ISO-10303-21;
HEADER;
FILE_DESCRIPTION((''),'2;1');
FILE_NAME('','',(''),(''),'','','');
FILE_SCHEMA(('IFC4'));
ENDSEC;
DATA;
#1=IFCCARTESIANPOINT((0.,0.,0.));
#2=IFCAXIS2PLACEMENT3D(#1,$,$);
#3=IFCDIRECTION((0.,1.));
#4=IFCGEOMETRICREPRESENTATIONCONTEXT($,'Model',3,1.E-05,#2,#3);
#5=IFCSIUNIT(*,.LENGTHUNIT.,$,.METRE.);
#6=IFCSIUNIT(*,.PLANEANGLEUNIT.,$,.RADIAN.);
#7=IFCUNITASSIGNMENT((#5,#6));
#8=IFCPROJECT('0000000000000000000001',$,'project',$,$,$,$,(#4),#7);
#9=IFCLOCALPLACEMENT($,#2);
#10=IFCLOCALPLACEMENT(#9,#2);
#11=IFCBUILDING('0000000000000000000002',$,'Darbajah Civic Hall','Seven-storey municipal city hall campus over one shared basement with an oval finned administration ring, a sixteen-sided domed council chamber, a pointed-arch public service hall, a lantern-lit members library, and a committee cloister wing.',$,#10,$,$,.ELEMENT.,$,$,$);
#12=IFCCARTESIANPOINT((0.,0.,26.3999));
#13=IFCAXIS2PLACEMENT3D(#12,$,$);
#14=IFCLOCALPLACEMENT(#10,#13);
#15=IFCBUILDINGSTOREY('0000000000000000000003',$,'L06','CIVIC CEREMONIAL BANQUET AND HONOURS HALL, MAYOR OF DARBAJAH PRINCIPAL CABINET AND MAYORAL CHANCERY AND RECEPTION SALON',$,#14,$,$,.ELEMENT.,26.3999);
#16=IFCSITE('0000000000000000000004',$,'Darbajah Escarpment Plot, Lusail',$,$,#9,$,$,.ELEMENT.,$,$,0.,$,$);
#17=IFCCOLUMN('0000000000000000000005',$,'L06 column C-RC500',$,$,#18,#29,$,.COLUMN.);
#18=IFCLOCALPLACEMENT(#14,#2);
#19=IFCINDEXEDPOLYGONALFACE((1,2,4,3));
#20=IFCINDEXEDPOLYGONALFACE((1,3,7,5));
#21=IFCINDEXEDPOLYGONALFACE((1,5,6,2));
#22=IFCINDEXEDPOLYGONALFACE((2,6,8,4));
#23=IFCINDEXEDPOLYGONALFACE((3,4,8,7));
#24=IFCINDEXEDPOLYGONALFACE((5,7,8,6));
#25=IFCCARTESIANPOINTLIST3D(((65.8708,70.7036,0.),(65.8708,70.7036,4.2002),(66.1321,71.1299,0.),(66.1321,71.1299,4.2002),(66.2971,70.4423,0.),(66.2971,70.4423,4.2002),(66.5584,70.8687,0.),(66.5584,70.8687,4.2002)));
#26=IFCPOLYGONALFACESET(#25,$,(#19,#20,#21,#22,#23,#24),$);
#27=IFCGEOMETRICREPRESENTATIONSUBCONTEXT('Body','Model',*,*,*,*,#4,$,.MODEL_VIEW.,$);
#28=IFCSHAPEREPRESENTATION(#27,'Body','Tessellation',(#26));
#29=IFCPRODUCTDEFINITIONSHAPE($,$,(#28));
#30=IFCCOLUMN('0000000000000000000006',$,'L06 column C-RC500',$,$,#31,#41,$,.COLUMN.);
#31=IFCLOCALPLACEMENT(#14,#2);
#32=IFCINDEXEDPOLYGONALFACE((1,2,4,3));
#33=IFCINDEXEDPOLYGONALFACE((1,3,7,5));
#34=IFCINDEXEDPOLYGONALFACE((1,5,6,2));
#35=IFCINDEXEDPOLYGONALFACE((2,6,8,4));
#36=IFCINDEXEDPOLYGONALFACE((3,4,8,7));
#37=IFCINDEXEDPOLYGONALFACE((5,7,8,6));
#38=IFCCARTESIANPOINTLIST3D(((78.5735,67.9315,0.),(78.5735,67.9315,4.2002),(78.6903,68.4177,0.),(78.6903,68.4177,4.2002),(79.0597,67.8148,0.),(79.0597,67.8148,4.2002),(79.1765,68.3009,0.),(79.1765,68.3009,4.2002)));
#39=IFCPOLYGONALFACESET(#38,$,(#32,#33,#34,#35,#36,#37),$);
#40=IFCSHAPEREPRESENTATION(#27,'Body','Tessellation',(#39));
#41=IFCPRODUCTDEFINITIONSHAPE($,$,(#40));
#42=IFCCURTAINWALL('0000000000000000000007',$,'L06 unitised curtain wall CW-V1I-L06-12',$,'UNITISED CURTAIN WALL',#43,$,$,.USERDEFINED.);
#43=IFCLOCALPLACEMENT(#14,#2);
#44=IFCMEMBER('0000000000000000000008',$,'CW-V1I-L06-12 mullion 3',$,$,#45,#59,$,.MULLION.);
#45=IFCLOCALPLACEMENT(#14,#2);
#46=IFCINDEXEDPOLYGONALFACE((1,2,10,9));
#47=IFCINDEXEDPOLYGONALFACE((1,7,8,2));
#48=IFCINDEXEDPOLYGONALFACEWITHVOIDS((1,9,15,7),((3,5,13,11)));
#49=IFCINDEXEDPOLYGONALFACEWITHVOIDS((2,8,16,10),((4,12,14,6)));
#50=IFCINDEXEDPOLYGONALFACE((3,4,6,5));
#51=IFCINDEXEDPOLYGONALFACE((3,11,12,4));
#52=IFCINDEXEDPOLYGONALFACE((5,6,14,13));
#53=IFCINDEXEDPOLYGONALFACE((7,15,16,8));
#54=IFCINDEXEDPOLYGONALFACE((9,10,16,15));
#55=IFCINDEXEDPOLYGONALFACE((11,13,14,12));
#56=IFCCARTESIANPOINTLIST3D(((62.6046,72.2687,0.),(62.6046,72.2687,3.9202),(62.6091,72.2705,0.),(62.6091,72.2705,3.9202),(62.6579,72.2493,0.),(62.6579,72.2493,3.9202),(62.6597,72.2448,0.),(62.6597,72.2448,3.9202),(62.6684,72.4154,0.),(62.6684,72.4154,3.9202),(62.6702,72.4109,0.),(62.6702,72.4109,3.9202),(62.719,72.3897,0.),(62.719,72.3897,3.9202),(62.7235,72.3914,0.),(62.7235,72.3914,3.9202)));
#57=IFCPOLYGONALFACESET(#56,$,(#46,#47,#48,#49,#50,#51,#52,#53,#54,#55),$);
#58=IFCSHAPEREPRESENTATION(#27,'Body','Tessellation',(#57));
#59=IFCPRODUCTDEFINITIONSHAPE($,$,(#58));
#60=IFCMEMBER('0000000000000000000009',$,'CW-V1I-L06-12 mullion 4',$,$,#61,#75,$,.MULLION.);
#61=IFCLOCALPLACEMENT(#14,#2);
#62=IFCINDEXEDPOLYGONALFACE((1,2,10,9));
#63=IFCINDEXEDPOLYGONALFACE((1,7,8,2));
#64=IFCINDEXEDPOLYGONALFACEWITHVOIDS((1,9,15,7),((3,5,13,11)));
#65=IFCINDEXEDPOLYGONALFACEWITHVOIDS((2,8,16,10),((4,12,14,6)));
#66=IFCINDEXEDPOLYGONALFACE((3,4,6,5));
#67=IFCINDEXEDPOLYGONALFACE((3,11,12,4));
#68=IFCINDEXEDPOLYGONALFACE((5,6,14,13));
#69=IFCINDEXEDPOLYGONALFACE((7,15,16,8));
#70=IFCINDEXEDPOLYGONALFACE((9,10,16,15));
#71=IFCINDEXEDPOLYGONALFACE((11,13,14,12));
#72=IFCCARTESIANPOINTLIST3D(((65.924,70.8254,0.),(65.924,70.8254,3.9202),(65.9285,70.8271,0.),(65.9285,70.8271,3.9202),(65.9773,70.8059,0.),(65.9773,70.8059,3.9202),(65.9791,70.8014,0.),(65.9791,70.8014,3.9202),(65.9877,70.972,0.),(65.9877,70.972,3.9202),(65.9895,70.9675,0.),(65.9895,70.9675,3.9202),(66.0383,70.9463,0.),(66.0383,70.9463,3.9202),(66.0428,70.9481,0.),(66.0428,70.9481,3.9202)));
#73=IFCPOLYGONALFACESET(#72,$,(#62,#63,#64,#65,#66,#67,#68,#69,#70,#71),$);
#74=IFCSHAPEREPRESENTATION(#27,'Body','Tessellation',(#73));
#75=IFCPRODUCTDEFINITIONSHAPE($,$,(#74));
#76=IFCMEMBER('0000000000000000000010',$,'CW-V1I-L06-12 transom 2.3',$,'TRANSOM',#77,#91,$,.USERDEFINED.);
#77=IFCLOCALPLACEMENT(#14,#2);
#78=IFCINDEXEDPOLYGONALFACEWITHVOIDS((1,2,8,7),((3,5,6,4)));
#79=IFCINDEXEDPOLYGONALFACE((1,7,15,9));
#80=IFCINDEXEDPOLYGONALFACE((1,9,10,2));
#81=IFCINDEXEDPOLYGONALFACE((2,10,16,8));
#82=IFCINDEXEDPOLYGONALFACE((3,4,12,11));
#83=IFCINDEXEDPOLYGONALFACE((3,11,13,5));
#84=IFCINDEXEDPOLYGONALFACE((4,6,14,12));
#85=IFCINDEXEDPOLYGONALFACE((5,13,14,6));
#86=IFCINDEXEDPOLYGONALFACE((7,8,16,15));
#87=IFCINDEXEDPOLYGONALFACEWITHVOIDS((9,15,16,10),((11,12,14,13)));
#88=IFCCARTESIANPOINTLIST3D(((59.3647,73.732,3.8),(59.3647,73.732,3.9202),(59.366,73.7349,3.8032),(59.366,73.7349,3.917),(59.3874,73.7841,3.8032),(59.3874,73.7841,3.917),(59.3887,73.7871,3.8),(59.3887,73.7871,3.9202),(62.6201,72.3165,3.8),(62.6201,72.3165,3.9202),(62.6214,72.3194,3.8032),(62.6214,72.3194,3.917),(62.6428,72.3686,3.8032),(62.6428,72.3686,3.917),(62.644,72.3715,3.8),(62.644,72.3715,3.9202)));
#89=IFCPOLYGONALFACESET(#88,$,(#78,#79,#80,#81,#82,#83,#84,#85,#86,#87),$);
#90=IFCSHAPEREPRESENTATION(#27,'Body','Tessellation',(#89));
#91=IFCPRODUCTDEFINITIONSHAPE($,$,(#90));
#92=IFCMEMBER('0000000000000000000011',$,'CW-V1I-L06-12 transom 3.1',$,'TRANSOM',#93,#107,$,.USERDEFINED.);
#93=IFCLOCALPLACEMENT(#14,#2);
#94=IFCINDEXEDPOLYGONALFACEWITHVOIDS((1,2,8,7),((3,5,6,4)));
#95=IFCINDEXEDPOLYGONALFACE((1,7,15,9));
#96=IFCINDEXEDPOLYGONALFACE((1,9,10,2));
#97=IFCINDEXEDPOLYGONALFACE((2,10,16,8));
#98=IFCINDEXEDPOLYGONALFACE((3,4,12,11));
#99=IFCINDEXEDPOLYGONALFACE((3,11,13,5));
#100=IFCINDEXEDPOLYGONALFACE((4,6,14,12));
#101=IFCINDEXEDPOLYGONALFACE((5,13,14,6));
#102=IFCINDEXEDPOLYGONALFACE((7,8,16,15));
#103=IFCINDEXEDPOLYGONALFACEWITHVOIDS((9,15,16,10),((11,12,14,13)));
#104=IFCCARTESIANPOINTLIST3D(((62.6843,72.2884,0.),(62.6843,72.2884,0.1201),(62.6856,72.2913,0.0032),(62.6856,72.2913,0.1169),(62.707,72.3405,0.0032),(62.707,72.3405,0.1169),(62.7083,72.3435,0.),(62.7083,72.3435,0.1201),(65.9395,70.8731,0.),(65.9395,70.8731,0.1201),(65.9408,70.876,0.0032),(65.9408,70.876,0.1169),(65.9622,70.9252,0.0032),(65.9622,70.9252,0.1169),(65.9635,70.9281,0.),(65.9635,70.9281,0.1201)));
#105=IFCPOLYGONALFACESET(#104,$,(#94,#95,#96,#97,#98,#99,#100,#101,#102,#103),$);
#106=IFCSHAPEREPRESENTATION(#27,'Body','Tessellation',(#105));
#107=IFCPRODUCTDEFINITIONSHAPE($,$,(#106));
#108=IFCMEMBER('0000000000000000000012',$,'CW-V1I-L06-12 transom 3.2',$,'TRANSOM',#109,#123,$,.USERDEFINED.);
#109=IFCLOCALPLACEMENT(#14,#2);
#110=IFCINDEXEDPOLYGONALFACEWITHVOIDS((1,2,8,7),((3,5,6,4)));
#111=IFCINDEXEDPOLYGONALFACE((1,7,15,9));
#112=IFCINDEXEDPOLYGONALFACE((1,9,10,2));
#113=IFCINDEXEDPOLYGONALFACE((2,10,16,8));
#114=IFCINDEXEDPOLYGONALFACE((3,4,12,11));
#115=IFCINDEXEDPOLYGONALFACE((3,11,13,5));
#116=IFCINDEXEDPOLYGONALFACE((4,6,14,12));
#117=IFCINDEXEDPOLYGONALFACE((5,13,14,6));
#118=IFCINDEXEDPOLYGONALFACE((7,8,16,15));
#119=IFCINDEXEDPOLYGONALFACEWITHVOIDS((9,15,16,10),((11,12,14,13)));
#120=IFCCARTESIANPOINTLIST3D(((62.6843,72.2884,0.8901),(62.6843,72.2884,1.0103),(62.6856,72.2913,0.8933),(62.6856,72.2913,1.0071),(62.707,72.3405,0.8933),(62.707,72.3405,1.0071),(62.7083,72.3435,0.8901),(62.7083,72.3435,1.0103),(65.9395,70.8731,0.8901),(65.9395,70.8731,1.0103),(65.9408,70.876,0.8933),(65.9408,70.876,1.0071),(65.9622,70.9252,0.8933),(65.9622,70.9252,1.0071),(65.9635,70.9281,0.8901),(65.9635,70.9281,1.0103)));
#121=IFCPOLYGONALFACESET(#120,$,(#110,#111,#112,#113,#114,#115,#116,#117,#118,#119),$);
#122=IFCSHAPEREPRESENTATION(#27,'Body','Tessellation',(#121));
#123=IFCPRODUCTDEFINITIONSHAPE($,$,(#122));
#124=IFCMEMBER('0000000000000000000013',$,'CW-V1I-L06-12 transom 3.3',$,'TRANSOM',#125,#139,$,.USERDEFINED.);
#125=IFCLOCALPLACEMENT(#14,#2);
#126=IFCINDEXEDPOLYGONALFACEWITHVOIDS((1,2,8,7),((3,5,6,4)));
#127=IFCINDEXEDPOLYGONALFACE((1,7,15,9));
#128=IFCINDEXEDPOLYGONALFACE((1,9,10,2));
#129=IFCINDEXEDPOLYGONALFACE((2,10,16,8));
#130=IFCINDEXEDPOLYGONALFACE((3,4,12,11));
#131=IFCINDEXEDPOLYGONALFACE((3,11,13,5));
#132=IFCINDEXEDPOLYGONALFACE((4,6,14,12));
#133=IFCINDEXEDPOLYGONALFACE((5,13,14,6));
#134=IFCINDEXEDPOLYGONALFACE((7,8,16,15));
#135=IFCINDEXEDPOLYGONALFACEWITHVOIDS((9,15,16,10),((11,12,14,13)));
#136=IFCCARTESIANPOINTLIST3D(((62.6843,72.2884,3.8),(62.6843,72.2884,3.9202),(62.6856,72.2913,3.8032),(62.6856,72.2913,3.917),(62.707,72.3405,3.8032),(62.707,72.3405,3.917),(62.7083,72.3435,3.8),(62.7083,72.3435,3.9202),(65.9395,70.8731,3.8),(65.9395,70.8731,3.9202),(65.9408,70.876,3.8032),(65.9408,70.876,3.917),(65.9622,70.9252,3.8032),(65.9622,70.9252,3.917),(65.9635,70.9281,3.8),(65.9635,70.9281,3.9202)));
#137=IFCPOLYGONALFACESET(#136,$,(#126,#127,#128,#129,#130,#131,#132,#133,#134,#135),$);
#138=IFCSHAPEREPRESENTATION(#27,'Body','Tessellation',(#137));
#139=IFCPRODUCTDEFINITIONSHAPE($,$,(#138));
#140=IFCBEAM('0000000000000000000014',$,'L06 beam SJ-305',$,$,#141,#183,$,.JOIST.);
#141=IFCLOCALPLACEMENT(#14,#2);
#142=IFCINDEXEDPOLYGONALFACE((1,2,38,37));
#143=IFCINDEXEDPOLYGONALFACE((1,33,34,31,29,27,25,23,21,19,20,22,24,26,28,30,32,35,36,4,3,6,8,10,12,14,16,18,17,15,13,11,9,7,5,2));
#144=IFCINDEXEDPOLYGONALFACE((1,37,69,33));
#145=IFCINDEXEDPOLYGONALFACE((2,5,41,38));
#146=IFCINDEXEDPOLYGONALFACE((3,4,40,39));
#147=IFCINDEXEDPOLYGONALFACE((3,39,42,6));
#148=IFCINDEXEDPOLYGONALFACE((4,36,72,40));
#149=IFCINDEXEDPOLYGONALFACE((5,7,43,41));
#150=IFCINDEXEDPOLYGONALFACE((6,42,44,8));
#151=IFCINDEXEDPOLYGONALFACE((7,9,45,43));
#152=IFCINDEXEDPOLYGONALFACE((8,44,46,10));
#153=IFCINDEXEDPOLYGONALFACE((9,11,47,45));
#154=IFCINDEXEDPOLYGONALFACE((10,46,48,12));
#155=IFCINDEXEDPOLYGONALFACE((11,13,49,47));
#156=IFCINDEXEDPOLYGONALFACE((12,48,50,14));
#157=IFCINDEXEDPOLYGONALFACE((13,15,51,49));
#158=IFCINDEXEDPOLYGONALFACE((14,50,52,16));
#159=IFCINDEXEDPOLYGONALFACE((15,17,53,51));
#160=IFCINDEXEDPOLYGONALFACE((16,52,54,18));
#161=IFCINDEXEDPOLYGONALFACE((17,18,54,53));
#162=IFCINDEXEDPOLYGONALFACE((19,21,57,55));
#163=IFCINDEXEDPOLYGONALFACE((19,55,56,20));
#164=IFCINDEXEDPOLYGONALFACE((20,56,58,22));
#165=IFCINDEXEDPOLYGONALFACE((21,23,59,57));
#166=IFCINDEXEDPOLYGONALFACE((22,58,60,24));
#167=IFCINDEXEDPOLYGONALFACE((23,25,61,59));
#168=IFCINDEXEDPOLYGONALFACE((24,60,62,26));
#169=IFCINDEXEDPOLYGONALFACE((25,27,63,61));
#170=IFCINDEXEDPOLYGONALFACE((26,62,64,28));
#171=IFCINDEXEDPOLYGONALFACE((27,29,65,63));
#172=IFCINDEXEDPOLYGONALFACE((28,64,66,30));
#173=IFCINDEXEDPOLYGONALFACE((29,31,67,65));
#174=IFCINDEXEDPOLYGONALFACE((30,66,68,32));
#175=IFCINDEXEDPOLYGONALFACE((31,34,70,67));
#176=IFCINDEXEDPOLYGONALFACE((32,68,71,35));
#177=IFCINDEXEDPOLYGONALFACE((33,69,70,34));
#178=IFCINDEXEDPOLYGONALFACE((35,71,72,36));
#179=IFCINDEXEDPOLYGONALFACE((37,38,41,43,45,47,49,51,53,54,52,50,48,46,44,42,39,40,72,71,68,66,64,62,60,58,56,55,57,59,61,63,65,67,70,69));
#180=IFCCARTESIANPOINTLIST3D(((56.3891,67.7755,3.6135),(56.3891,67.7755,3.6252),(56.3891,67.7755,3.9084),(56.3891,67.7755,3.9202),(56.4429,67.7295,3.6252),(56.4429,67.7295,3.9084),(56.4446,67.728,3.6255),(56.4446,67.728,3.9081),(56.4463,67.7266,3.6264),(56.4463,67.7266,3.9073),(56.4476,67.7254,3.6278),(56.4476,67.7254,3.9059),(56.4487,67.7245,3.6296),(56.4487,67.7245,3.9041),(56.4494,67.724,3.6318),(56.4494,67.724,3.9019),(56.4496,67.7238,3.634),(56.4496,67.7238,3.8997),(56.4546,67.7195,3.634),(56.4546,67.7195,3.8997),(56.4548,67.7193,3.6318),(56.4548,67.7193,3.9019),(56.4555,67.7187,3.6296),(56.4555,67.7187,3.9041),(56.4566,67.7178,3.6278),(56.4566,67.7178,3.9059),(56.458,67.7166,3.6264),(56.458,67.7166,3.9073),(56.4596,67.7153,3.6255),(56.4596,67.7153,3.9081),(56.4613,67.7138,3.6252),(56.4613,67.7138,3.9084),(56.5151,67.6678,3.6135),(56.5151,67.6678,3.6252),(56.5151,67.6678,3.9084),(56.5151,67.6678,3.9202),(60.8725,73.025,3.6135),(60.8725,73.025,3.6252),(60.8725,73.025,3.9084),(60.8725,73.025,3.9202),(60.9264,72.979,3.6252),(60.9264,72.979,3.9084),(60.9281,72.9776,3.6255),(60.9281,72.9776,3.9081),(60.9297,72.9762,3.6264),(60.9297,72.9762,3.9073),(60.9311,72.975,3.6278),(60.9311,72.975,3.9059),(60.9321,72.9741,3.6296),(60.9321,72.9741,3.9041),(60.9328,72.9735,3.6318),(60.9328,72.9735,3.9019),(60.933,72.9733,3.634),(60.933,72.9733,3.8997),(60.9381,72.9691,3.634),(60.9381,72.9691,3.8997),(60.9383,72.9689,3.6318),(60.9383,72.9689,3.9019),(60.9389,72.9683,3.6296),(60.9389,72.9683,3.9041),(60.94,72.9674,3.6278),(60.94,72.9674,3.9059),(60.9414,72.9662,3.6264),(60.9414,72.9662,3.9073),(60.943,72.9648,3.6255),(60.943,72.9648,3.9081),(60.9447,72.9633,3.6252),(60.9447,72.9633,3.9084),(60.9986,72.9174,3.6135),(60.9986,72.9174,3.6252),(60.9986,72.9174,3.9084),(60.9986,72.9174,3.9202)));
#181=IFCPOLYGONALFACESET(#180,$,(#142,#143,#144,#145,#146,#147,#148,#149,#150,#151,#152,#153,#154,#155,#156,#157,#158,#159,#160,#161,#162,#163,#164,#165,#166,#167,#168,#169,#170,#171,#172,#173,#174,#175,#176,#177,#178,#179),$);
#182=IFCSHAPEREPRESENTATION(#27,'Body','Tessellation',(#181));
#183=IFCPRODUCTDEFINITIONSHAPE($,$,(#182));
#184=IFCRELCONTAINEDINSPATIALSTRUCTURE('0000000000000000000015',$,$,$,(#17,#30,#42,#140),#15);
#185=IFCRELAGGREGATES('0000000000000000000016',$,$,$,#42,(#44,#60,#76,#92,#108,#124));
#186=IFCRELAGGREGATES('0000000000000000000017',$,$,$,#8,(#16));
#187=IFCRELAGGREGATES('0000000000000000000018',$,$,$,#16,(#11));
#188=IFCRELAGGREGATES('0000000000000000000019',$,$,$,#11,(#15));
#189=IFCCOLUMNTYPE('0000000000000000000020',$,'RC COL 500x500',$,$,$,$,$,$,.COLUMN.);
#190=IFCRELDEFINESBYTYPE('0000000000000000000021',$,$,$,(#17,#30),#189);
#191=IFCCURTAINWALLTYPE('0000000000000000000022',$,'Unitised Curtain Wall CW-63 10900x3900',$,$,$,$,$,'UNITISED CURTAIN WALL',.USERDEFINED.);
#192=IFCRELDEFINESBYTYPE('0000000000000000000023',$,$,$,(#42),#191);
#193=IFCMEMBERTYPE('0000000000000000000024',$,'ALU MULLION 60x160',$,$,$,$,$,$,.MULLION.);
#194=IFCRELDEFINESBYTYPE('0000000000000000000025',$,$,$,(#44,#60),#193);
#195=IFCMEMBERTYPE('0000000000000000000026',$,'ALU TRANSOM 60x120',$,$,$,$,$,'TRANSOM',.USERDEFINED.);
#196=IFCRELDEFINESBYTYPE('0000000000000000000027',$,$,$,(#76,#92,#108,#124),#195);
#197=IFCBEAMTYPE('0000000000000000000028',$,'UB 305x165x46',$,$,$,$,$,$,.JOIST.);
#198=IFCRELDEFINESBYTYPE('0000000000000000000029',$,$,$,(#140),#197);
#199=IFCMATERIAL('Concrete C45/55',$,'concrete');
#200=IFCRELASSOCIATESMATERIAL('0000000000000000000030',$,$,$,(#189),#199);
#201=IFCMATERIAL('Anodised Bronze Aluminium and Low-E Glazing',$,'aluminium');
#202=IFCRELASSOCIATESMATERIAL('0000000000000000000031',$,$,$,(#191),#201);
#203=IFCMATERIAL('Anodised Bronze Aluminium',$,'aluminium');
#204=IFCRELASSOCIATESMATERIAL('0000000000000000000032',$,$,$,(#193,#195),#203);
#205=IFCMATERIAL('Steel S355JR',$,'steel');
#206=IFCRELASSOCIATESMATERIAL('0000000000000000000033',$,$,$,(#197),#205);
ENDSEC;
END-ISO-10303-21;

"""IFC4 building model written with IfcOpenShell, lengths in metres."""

from ifc_helpers import new_model, si_unit, direction, frame, origin, origin_2d, place, context, subcontext, project, spatial, rectangle, hollow_rectangle, i_section, extrude, material, material_profile, profile_set, type_object, element, aggregate, save


model = new_model("IFC4")

# Units and contexts
model_context = context("Model", 3, precision=1e-05, world=origin(), true_north=direction((0.0, 1.0)))
body_context = subcontext(model_context, "Body", "Model", "MODEL_VIEW")
ifc_project = project(units=[si_unit("LENGTHUNIT", "METRE"), si_unit("PLANEANGLEUNIT", "RADIAN")], contexts=[model_context])

# Site, building, storey
site_placement = place(None, origin())
site = spatial("IfcSite", under=ifc_project, at=site_placement, Name="Darbajah Escarpment Plot, Lusail", CompositionType="ELEMENT", RefElevation=0.0)
building_placement = place(site_placement, origin())
building = spatial("IfcBuilding", under=site, at=building_placement, Name="Darbajah Civic Hall", Description="Seven-storey municipal city hall campus over one shared basement with an oval finned administration ring, a sixteen-sided domed council chamber, a pointed-arch public service hall, a lantern-lit members library, and a committee cloister wing.", CompositionType="ELEMENT")
storey_placement = place(building_placement, frame((0.0, 0.0, 26.3999)))
storey = spatial("IfcBuildingStorey", under=building, at=storey_placement, Name="L06", Description="CIVIC CEREMONIAL BANQUET AND HONOURS HALL, MAYOR OF DARBAJAH PRINCIPAL CABINET AND MAYORAL CHANCERY AND RECEPTION SALON", CompositionType="ELEMENT", Elevation=26.3999)

# Columns
ifc_material_1 = material(Name="Concrete C45/55", Category="concrete")
ifc_material_profile_1 = material_profile(ifc_material_1, rectangle(XDim=0.5, YDim=0.5, at=origin_2d()), Name="RC COL 500x500")
ifc_profile_set_1 = profile_set([ifc_material_profile_1], Name="Concrete C45/55")
column_type = type_object("IfcColumnType", Name="RC COL 500x500", PredefinedType="COLUMN", material=ifc_profile_set_1)
for number, where, z_axis, x_axis, name in (
    (1, (66.2146, 70.7861, 0.0), (0.0, 0.0, 1.0), (-0.522499, -0.85264, 0.0), "L06 column C-RC500"),
    (2, (78.875, 68.1162, 0.0), (0.0, 0.0, 1.0), (-0.233445, -0.97237, 0.0), "L06 column C-RC500"),
):
    element("IfcColumn", number, at=place(storey_placement, frame(where, z_axis=z_axis, x_axis=x_axis)), inside=storey, type_object=column_type, Name=name, PredefinedType="COLUMN", context=body_context, shape_type="SweptSolid", body=[
        extrude(rectangle(XDim=0.5, YDim=0.5, at=origin_2d()), origin(), (0.0, 0.0, 1.0), 4.2002),
    ])

# Curtain wall, members
ifc_material_2 = material(Name="Anodised Bronze Aluminium and Low-E Glazing", Category="aluminium")
curtain_wall_type = type_object("IfcCurtainWallType", Name="Unitised Curtain Wall CW-63 10900x3900", ElementType="UNITISED CURTAIN WALL", PredefinedType="USERDEFINED", material=ifc_material_2)
curtain_wall_placement = place(storey_placement, origin())
curtain_wall = element("IfcCurtainWall", 3, at=curtain_wall_placement, inside=storey, type_object=curtain_wall_type, Name="L06 unitised curtain wall CW-V1I-L06-12", ObjectType="UNITISED CURTAIN WALL", PredefinedType="USERDEFINED")
ifc_material_3 = material(Name="Anodised Bronze Aluminium", Category="aluminium")
ifc_material_profile_2 = material_profile(ifc_material_3, hollow_rectangle(XDim=0.0601, YDim=0.1599, WallThickness=0.0034, at=origin_2d()), Name="ALU MULLION 60x160")
ifc_profile_set_2 = profile_set([ifc_material_profile_2], Name="Anodised Bronze Aluminium")
member_type_1 = type_object("IfcMemberType", Name="ALU MULLION 60x160", PredefinedType="MULLION", material=ifc_profile_set_2)
member_1_placement = place(storey_placement, frame((62.6641, 72.3301, 0.0), z_axis=(0.0, 0.0, 1.0), x_axis=(0.91706, -0.398749, 0.0)))
member_1 = element("IfcMember", 4, at=member_1_placement, type_object=member_type_1, Name="CW-V1I-L06-12 mullion 3", PredefinedType="MULLION", context=body_context, shape_type="SweptSolid", body=[
    extrude(hollow_rectangle(XDim=0.0601, YDim=0.1599, WallThickness=0.0034, at=origin_2d()), origin(), (0.0, 0.0, 1.0), 3.9202),
])
member_2_placement = place(storey_placement, frame((65.9834, 70.8867, 0.0), z_axis=(0.0, 0.0, 1.0), x_axis=(0.91706, -0.398749, 0.0)))
member_2 = element("IfcMember", 5, at=member_2_placement, type_object=member_type_1, Name="CW-V1I-L06-12 mullion 4", PredefinedType="MULLION", context=body_context, shape_type="SweptSolid", body=[
    extrude(hollow_rectangle(XDim=0.0601, YDim=0.1599, WallThickness=0.0034, at=origin_2d()), origin(), (0.0, 0.0, 1.0), 3.9202),
])
ifc_material_profile_3 = material_profile(ifc_material_3, hollow_rectangle(XDim=0.0601, YDim=0.1201, WallThickness=0.0032, at=origin_2d()), Name="ALU TRANSOM 60x120")
ifc_profile_set_3 = profile_set([ifc_material_profile_3], Name="Anodised Bronze Aluminium")
member_type_2 = type_object("IfcMemberType", Name="ALU TRANSOM 60x120", ElementType="TRANSOM", PredefinedType="USERDEFINED", material=ifc_profile_set_3)
member_3_placement = place(storey_placement, frame((59.3767, 73.7595, 3.8601), z_axis=(0.917055, -0.398761, 0.0), x_axis=(0.398761, 0.917055, 0.0)))
member_3 = element("IfcMember", 6, at=member_3_placement, type_object=member_type_2, Name="CW-V1I-L06-12 transom 2.3", ObjectType="TRANSOM", PredefinedType="USERDEFINED", context=body_context, shape_type="SweptSolid", body=[
    extrude(hollow_rectangle(XDim=0.0601, YDim=0.1201, WallThickness=0.0032, at=origin_2d()), origin(), (0.0, 0.0, 1.0), 3.5498),
])
member_4_placement = place(storey_placement, frame((62.6963, 72.3159, 0.0601), z_axis=(0.917069, -0.398729, 0.0), x_axis=(0.398729, 0.917069, 0.0)))
member_4 = element("IfcMember", 7, at=member_4_placement, type_object=member_type_2, Name="CW-V1I-L06-12 transom 3.1", ObjectType="TRANSOM", PredefinedType="USERDEFINED", context=body_context, shape_type="SweptSolid", body=[
    extrude(hollow_rectangle(XDim=0.0601, YDim=0.1201, WallThickness=0.0032, at=origin_2d()), origin(), (0.0, 0.0, 1.0), 3.5496),
])
member_5_placement = place(storey_placement, frame((62.6963, 72.3159, 0.9502), z_axis=(0.917069, -0.398729, 0.0), x_axis=(0.398729, 0.917069, 0.0)))
member_5 = element("IfcMember", 8, at=member_5_placement, type_object=member_type_2, Name="CW-V1I-L06-12 transom 3.2", ObjectType="TRANSOM", PredefinedType="USERDEFINED", context=body_context, shape_type="SweptSolid", body=[
    extrude(hollow_rectangle(XDim=0.0601, YDim=0.1201, WallThickness=0.0032, at=origin_2d()), origin(), (0.0, 0.0, 1.0), 3.5496),
])
member_6_placement = place(storey_placement, frame((62.6963, 72.3159, 3.8601), z_axis=(0.917069, -0.398729, 0.0), x_axis=(0.398729, 0.917069, 0.0)))
member_6 = element("IfcMember", 9, at=member_6_placement, type_object=member_type_2, Name="CW-V1I-L06-12 transom 3.3", ObjectType="TRANSOM", PredefinedType="USERDEFINED", context=body_context, shape_type="SweptSolid", body=[
    extrude(hollow_rectangle(XDim=0.0601, YDim=0.1201, WallThickness=0.0032, at=origin_2d()), origin(), (0.0, 0.0, 1.0), 3.5496),
])

# Beam
ifc_material_4 = material(Name="Steel S355JR", Category="steel")
ifc_material_profile_4 = material_profile(ifc_material_4, i_section(OverallWidth=0.1658, OverallDepth=0.3066, WebThickness=0.0066, FlangeThickness=0.0117, FilletRadius=0.0088, at=origin_2d()), Name="UB 305x165x46")
ifc_profile_set_4 = profile_set([ifc_material_profile_4], Name="Steel S355JR")
beam_type_1 = type_object("IfcBeamType", Name="UB 305x165x46", PredefinedType="JOIST", material=ifc_profile_set_4)
beam_1_placement = place(storey_placement, frame((60.9355, 72.9712, 3.7668), z_axis=(-0.649439, -0.760414, 0.0), x_axis=(0.760414, -0.649439, 0.0)))
element("IfcBeam", 10, at=beam_1_placement, inside=storey, type_object=beam_type_1, Name="L06 beam SJ-305", PredefinedType="JOIST", context=body_context, shape_type="SweptSolid", body=[
    extrude(i_section(OverallWidth=0.1658, OverallDepth=0.3066, WebThickness=0.0066, FlangeThickness=0.0117, FilletRadius=0.0088, at=origin_2d()), origin(), (0.0, 0.0, 1.0), 6.9036),
])

aggregate(curtain_wall, [member_1, member_2, member_3, member_4, member_5, member_6])

save(model, "model.ifc")
